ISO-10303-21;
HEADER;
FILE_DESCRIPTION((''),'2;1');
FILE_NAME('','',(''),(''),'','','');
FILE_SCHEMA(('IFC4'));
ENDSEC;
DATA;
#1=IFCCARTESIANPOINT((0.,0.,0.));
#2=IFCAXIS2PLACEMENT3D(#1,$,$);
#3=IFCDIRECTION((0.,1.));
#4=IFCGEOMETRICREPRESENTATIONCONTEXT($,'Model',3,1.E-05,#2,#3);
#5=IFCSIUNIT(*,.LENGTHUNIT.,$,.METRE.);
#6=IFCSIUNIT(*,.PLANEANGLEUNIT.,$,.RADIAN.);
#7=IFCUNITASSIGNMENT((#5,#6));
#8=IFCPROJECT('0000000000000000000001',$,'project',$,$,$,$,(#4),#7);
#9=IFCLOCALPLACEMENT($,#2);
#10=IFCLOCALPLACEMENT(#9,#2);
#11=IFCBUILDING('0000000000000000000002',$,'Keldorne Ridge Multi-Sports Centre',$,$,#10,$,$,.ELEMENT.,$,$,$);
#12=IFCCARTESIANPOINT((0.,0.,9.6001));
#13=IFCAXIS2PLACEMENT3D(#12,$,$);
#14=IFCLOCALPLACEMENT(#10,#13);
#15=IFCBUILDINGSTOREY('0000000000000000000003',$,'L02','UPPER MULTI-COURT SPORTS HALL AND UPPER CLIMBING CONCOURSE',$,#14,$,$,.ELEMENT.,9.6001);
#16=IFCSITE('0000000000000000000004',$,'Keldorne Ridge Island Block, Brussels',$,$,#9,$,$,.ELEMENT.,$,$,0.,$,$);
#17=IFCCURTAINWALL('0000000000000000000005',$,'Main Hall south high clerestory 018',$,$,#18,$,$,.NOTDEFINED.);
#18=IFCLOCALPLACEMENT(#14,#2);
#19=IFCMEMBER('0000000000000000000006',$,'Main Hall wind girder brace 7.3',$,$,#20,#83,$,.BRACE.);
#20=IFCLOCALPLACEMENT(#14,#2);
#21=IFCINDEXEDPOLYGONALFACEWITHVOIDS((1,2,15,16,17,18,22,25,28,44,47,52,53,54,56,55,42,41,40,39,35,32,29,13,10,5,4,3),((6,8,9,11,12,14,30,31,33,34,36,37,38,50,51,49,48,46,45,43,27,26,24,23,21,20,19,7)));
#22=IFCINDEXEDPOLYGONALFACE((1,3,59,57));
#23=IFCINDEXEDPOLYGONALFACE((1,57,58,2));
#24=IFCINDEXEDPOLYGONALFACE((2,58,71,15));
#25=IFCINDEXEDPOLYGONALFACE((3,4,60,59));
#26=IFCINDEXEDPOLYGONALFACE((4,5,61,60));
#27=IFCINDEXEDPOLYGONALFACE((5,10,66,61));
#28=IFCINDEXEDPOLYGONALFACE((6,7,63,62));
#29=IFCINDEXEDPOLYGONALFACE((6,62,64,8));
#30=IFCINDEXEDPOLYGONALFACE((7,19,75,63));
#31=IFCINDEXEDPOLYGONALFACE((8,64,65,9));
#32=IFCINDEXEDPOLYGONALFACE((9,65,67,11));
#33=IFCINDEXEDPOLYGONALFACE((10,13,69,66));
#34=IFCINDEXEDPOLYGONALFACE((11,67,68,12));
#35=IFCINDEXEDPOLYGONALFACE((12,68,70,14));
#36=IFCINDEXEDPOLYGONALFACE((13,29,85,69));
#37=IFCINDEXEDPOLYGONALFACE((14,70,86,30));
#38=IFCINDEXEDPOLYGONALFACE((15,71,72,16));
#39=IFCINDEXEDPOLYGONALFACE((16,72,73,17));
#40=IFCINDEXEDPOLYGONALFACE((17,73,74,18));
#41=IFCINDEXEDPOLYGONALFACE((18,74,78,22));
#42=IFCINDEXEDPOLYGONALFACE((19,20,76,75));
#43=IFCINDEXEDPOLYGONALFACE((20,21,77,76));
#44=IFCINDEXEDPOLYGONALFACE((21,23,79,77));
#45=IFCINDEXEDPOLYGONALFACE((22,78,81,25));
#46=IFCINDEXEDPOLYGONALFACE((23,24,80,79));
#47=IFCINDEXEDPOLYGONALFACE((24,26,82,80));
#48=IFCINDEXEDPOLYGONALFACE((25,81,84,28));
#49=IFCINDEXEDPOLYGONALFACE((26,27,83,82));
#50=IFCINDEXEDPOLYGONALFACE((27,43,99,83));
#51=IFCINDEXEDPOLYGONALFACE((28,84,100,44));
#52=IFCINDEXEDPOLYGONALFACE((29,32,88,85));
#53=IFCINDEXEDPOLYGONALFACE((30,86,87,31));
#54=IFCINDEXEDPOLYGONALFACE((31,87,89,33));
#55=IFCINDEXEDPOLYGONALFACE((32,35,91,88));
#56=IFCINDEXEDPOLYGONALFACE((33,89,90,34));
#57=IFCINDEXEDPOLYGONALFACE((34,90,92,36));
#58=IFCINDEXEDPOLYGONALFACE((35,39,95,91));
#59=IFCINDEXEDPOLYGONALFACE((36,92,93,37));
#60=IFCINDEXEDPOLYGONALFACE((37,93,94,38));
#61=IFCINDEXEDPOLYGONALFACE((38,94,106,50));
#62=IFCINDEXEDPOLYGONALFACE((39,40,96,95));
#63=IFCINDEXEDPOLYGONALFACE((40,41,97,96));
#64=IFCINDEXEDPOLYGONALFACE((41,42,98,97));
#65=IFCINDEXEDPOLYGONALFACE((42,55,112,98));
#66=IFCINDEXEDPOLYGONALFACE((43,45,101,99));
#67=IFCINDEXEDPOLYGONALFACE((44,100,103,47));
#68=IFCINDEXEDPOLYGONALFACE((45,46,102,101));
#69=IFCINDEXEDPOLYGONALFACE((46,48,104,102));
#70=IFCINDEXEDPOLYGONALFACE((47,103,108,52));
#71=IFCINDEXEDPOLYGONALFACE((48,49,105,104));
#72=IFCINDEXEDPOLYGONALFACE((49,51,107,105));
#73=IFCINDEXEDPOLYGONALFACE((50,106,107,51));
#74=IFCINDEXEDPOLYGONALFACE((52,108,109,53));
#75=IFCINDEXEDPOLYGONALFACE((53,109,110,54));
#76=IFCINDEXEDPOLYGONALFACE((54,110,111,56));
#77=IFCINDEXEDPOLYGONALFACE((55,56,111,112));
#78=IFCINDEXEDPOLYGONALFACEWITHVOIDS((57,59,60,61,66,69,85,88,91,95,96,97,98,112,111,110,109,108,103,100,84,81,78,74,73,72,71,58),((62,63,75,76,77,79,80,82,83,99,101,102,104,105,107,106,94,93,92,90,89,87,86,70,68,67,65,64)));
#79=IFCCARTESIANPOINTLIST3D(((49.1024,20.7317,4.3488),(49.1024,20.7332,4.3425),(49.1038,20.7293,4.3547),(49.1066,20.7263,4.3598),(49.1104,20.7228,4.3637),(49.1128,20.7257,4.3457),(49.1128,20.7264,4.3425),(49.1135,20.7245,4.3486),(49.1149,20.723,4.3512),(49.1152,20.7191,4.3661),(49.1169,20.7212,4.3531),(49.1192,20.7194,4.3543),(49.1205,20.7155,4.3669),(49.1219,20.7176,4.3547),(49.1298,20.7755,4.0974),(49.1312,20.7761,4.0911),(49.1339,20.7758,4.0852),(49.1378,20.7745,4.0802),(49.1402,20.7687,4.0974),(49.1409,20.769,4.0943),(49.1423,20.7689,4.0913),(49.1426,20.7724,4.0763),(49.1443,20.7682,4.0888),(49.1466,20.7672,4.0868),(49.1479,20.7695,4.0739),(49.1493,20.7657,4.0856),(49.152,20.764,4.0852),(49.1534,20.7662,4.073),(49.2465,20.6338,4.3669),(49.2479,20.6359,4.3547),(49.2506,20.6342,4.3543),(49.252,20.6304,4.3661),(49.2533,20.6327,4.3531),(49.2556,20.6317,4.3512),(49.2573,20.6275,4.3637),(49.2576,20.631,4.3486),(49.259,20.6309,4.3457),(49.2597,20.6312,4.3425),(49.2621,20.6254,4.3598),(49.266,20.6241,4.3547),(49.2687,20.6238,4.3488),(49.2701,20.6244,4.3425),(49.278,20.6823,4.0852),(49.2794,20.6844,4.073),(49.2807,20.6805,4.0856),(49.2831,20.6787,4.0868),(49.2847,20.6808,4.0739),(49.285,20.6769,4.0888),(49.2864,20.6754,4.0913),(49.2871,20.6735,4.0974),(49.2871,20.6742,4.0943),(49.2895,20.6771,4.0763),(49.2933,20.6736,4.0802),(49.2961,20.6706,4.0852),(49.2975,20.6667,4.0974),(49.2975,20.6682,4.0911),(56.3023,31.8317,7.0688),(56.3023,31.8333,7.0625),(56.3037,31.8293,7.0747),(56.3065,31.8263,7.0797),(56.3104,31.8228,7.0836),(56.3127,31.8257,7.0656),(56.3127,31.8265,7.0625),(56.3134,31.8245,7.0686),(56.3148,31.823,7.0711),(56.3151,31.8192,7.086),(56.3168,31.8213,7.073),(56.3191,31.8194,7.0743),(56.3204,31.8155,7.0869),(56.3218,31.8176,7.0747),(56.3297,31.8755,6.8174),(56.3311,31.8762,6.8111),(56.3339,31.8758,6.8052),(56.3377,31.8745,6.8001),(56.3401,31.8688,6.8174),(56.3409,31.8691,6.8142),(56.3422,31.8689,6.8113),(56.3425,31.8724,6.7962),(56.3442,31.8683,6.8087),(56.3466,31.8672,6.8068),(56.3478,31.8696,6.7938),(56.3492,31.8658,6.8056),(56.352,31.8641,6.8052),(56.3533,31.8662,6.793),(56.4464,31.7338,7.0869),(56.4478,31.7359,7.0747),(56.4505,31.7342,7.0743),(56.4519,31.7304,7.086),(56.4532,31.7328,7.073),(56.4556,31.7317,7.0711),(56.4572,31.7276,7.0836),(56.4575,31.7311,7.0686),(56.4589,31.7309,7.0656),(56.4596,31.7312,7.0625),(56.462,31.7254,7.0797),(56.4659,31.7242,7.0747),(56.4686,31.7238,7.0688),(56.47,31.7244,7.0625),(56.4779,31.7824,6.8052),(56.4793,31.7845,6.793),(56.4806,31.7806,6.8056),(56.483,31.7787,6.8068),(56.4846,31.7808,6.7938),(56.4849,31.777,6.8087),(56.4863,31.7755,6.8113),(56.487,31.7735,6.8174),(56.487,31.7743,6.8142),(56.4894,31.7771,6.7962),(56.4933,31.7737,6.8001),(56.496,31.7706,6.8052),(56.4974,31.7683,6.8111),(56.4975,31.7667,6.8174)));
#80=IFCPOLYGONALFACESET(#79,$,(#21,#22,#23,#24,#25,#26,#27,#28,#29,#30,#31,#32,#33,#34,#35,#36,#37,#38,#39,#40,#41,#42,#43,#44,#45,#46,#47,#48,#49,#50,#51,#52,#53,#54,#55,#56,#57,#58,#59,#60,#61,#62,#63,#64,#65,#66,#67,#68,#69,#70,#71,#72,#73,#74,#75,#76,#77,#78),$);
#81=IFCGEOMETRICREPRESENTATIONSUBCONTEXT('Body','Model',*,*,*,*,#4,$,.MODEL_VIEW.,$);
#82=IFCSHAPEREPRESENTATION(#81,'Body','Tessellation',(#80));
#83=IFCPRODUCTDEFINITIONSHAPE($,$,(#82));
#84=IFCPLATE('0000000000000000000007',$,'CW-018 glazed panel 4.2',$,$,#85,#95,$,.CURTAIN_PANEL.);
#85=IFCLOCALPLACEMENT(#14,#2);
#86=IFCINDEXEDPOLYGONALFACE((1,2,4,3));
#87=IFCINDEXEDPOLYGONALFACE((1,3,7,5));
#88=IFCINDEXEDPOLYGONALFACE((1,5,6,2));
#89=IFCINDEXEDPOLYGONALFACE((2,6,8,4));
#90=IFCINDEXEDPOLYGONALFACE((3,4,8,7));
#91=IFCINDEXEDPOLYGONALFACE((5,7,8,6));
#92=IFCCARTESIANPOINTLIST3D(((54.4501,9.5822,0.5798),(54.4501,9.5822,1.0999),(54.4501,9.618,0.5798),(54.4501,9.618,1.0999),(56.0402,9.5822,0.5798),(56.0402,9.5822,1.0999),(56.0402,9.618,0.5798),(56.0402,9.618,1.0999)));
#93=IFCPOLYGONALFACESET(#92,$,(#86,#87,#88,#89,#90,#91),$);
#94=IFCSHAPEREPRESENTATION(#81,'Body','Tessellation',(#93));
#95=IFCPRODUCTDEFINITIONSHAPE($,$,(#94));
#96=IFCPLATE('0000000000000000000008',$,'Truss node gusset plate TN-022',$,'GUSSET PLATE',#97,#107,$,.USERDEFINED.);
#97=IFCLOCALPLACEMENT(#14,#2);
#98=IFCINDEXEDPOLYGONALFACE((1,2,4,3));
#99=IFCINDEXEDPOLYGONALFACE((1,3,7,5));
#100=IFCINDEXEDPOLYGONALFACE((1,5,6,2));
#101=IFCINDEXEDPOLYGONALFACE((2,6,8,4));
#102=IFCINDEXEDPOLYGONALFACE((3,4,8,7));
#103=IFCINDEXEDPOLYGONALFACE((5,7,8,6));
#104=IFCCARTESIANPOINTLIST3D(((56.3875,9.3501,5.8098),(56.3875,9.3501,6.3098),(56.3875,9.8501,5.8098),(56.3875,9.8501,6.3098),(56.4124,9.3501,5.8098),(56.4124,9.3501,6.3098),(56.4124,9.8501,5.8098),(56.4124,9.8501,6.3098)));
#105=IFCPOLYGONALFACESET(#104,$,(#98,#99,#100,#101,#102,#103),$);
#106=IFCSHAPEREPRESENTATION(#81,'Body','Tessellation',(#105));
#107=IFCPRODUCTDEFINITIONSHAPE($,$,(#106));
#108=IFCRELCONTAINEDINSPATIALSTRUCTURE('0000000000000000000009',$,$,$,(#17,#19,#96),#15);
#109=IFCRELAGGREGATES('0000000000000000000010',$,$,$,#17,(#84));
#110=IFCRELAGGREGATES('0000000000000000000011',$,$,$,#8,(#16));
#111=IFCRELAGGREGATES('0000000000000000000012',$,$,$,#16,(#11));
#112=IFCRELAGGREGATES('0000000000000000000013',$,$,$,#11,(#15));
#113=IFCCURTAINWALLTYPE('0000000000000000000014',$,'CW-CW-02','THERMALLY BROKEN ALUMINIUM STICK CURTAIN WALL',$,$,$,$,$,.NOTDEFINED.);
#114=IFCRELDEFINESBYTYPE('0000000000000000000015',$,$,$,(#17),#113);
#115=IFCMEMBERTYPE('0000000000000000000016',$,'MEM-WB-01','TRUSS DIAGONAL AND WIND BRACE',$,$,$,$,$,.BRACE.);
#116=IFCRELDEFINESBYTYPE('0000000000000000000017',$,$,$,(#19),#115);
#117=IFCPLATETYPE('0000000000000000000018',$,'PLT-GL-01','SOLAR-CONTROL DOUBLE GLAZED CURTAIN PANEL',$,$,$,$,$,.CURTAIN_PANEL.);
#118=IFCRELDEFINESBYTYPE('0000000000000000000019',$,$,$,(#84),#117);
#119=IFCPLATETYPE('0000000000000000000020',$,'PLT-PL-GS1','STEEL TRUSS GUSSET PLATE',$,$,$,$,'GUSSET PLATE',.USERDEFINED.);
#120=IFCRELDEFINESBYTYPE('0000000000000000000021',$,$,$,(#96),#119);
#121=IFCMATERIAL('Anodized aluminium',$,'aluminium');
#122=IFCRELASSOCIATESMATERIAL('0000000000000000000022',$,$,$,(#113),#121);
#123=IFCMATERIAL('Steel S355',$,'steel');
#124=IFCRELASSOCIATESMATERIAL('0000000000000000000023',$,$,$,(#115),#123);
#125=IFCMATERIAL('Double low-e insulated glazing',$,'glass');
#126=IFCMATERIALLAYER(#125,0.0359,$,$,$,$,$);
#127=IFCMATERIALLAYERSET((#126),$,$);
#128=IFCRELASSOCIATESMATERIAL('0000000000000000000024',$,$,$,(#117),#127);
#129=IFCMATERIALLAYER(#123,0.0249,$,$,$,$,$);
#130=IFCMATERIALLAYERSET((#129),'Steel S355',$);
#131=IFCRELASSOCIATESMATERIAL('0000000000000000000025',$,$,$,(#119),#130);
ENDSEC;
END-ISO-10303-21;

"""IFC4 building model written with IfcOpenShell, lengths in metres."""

from ifc_helpers import new_model, si_unit, direction, frame, origin, origin_2d, place, context, subcontext, project, spatial, rectangle, hollow_rectangle, extrude, material, layer, layer_set, material_profile, profile_set, type_object, element, aggregate, save


model = new_model("IFC4")

# Units and contexts
model_context = context("Model", 3, precision=1e-05, world=origin(), true_north=direction((0.0, 1.0)))
body_context = subcontext(model_context, "Body", "Model", "MODEL_VIEW")
ifc_project = project(units=[si_unit("LENGTHUNIT", "METRE"), si_unit("PLANEANGLEUNIT", "RADIAN")], contexts=[model_context])

# Site, building, storey
site_placement = place(None, origin())
site = spatial("IfcSite", under=ifc_project, at=site_placement, Name="Keldorne Ridge Island Block, Brussels", CompositionType="ELEMENT", RefElevation=0.0)
building_placement = place(site_placement, origin())
building = spatial("IfcBuilding", under=site, at=building_placement, Name="Keldorne Ridge Multi-Sports Centre", CompositionType="ELEMENT")
storey_placement = place(building_placement, frame((0.0, 0.0, 9.6001)))
storey = spatial("IfcBuildingStorey", under=building, at=storey_placement, Name="L02", Description="UPPER MULTI-COURT SPORTS HALL AND UPPER CLIMBING CONCOURSE", CompositionType="ELEMENT", Elevation=9.6001)

# Shared definitions
ifc_material_1 = material(Name="Steel S355", Category="steel")

# Curtain wall
ifc_material_2 = material(Name="Anodized aluminium", Category="aluminium")
curtain_wall_type = type_object("IfcCurtainWallType", Name="CW-CW-02", Description="THERMALLY BROKEN ALUMINIUM STICK CURTAIN WALL", PredefinedType="NOTDEFINED", material=ifc_material_2)
curtain_wall_placement = place(storey_placement, origin())
curtain_wall = element("IfcCurtainWall", 1, at=curtain_wall_placement, inside=storey, type_object=curtain_wall_type, Name="Main Hall south high clerestory 018", PredefinedType="NOTDEFINED")

# Member
ifc_material_profile_1 = material_profile(ifc_material_1, hollow_rectangle(XDim=0.2, YDim=0.3, WallThickness=0.0125, InnerFilletRadius=0.0125, OuterFilletRadius=0.0249, at=origin_2d()), Name="RHS 300x200x12.5")
ifc_profile_set_1 = profile_set([ifc_material_profile_1], Name="Steel S355")
member_type_1 = type_object("IfcMemberType", Name="MEM-WB-01", Description="TRUSS DIAGONAL AND WIND BRACE", PredefinedType="BRACE", material=ifc_profile_set_1)
member_1_placement = place(storey_placement, frame((49.2, 20.7, 4.22), z_axis=(0.533038, 0.821779, 0.201369), x_axis=(-0.838965, 0.544185, 0.0)))
element("IfcMember", 2, at=member_1_placement, inside=storey, type_object=member_type_1, Name="Main Hall wind girder brace 7.3", PredefinedType="BRACE", context=body_context, shape_type="SweptSolid", body=[
    extrude(hollow_rectangle(XDim=0.2, YDim=0.3, WallThickness=0.0125, InnerFilletRadius=0.0125, OuterFilletRadius=0.0249, at=origin_2d()), origin(), (0.0, 0.0, 1.0), 13.5073),
])

# Plates
ifc_material_3 = material(Name="Double low-e insulated glazing", Category="glass")
ifc_layer_1 = layer(ifc_material_3, 0.0359)
ifc_layer_set_1 = layer_set([ifc_layer_1])
plate_type_1 = type_object("IfcPlateType", Name="PLT-GL-01", Description="SOLAR-CONTROL DOUBLE GLAZED CURTAIN PANEL", PredefinedType="CURTAIN_PANEL", material=ifc_layer_set_1)
plate_1_placement = place(storey_placement, frame((55.2451, 9.6001, 0.5798), z_axis=(0.0, 0.0, 1.0), x_axis=(1.0, 0.0, 0.0)))
plate_1 = element("IfcPlate", 3, at=plate_1_placement, type_object=plate_type_1, Name="CW-018 glazed panel 4.2", PredefinedType="CURTAIN_PANEL", context=body_context, shape_type="SweptSolid", body=[
    extrude(rectangle(XDim=1.5901, YDim=0.0359, at=origin_2d()), origin(), (0.0, 0.0, 1.0), 0.52),
])
aggregate(curtain_wall, [plate_1])
ifc_layer_2 = layer(ifc_material_1, 0.0249)
ifc_layer_set_2 = layer_set([ifc_layer_2], Name="Steel S355")
plate_type_2 = type_object("IfcPlateType", Name="PLT-PL-GS1", Description="STEEL TRUSS GUSSET PLATE", ElementType="GUSSET PLATE", PredefinedType="USERDEFINED", material=ifc_layer_set_2)
plate_2_placement = place(storey_placement, frame((56.3999, 9.6001, 5.8098), z_axis=(0.0, 0.0, 1.0), x_axis=(1.0, 0.0, 0.0)))
element("IfcPlate", 4, at=plate_2_placement, inside=storey, type_object=plate_type_2, Name="Truss node gusset plate TN-022", ObjectType="GUSSET PLATE", PredefinedType="USERDEFINED", context=body_context, shape_type="SweptSolid", body=[
    extrude(rectangle(XDim=0.0249, YDim=0.5, at=origin_2d()), origin(), (0.0, 0.0, 1.0), 0.5),
])

save(model, "model.ifc")
